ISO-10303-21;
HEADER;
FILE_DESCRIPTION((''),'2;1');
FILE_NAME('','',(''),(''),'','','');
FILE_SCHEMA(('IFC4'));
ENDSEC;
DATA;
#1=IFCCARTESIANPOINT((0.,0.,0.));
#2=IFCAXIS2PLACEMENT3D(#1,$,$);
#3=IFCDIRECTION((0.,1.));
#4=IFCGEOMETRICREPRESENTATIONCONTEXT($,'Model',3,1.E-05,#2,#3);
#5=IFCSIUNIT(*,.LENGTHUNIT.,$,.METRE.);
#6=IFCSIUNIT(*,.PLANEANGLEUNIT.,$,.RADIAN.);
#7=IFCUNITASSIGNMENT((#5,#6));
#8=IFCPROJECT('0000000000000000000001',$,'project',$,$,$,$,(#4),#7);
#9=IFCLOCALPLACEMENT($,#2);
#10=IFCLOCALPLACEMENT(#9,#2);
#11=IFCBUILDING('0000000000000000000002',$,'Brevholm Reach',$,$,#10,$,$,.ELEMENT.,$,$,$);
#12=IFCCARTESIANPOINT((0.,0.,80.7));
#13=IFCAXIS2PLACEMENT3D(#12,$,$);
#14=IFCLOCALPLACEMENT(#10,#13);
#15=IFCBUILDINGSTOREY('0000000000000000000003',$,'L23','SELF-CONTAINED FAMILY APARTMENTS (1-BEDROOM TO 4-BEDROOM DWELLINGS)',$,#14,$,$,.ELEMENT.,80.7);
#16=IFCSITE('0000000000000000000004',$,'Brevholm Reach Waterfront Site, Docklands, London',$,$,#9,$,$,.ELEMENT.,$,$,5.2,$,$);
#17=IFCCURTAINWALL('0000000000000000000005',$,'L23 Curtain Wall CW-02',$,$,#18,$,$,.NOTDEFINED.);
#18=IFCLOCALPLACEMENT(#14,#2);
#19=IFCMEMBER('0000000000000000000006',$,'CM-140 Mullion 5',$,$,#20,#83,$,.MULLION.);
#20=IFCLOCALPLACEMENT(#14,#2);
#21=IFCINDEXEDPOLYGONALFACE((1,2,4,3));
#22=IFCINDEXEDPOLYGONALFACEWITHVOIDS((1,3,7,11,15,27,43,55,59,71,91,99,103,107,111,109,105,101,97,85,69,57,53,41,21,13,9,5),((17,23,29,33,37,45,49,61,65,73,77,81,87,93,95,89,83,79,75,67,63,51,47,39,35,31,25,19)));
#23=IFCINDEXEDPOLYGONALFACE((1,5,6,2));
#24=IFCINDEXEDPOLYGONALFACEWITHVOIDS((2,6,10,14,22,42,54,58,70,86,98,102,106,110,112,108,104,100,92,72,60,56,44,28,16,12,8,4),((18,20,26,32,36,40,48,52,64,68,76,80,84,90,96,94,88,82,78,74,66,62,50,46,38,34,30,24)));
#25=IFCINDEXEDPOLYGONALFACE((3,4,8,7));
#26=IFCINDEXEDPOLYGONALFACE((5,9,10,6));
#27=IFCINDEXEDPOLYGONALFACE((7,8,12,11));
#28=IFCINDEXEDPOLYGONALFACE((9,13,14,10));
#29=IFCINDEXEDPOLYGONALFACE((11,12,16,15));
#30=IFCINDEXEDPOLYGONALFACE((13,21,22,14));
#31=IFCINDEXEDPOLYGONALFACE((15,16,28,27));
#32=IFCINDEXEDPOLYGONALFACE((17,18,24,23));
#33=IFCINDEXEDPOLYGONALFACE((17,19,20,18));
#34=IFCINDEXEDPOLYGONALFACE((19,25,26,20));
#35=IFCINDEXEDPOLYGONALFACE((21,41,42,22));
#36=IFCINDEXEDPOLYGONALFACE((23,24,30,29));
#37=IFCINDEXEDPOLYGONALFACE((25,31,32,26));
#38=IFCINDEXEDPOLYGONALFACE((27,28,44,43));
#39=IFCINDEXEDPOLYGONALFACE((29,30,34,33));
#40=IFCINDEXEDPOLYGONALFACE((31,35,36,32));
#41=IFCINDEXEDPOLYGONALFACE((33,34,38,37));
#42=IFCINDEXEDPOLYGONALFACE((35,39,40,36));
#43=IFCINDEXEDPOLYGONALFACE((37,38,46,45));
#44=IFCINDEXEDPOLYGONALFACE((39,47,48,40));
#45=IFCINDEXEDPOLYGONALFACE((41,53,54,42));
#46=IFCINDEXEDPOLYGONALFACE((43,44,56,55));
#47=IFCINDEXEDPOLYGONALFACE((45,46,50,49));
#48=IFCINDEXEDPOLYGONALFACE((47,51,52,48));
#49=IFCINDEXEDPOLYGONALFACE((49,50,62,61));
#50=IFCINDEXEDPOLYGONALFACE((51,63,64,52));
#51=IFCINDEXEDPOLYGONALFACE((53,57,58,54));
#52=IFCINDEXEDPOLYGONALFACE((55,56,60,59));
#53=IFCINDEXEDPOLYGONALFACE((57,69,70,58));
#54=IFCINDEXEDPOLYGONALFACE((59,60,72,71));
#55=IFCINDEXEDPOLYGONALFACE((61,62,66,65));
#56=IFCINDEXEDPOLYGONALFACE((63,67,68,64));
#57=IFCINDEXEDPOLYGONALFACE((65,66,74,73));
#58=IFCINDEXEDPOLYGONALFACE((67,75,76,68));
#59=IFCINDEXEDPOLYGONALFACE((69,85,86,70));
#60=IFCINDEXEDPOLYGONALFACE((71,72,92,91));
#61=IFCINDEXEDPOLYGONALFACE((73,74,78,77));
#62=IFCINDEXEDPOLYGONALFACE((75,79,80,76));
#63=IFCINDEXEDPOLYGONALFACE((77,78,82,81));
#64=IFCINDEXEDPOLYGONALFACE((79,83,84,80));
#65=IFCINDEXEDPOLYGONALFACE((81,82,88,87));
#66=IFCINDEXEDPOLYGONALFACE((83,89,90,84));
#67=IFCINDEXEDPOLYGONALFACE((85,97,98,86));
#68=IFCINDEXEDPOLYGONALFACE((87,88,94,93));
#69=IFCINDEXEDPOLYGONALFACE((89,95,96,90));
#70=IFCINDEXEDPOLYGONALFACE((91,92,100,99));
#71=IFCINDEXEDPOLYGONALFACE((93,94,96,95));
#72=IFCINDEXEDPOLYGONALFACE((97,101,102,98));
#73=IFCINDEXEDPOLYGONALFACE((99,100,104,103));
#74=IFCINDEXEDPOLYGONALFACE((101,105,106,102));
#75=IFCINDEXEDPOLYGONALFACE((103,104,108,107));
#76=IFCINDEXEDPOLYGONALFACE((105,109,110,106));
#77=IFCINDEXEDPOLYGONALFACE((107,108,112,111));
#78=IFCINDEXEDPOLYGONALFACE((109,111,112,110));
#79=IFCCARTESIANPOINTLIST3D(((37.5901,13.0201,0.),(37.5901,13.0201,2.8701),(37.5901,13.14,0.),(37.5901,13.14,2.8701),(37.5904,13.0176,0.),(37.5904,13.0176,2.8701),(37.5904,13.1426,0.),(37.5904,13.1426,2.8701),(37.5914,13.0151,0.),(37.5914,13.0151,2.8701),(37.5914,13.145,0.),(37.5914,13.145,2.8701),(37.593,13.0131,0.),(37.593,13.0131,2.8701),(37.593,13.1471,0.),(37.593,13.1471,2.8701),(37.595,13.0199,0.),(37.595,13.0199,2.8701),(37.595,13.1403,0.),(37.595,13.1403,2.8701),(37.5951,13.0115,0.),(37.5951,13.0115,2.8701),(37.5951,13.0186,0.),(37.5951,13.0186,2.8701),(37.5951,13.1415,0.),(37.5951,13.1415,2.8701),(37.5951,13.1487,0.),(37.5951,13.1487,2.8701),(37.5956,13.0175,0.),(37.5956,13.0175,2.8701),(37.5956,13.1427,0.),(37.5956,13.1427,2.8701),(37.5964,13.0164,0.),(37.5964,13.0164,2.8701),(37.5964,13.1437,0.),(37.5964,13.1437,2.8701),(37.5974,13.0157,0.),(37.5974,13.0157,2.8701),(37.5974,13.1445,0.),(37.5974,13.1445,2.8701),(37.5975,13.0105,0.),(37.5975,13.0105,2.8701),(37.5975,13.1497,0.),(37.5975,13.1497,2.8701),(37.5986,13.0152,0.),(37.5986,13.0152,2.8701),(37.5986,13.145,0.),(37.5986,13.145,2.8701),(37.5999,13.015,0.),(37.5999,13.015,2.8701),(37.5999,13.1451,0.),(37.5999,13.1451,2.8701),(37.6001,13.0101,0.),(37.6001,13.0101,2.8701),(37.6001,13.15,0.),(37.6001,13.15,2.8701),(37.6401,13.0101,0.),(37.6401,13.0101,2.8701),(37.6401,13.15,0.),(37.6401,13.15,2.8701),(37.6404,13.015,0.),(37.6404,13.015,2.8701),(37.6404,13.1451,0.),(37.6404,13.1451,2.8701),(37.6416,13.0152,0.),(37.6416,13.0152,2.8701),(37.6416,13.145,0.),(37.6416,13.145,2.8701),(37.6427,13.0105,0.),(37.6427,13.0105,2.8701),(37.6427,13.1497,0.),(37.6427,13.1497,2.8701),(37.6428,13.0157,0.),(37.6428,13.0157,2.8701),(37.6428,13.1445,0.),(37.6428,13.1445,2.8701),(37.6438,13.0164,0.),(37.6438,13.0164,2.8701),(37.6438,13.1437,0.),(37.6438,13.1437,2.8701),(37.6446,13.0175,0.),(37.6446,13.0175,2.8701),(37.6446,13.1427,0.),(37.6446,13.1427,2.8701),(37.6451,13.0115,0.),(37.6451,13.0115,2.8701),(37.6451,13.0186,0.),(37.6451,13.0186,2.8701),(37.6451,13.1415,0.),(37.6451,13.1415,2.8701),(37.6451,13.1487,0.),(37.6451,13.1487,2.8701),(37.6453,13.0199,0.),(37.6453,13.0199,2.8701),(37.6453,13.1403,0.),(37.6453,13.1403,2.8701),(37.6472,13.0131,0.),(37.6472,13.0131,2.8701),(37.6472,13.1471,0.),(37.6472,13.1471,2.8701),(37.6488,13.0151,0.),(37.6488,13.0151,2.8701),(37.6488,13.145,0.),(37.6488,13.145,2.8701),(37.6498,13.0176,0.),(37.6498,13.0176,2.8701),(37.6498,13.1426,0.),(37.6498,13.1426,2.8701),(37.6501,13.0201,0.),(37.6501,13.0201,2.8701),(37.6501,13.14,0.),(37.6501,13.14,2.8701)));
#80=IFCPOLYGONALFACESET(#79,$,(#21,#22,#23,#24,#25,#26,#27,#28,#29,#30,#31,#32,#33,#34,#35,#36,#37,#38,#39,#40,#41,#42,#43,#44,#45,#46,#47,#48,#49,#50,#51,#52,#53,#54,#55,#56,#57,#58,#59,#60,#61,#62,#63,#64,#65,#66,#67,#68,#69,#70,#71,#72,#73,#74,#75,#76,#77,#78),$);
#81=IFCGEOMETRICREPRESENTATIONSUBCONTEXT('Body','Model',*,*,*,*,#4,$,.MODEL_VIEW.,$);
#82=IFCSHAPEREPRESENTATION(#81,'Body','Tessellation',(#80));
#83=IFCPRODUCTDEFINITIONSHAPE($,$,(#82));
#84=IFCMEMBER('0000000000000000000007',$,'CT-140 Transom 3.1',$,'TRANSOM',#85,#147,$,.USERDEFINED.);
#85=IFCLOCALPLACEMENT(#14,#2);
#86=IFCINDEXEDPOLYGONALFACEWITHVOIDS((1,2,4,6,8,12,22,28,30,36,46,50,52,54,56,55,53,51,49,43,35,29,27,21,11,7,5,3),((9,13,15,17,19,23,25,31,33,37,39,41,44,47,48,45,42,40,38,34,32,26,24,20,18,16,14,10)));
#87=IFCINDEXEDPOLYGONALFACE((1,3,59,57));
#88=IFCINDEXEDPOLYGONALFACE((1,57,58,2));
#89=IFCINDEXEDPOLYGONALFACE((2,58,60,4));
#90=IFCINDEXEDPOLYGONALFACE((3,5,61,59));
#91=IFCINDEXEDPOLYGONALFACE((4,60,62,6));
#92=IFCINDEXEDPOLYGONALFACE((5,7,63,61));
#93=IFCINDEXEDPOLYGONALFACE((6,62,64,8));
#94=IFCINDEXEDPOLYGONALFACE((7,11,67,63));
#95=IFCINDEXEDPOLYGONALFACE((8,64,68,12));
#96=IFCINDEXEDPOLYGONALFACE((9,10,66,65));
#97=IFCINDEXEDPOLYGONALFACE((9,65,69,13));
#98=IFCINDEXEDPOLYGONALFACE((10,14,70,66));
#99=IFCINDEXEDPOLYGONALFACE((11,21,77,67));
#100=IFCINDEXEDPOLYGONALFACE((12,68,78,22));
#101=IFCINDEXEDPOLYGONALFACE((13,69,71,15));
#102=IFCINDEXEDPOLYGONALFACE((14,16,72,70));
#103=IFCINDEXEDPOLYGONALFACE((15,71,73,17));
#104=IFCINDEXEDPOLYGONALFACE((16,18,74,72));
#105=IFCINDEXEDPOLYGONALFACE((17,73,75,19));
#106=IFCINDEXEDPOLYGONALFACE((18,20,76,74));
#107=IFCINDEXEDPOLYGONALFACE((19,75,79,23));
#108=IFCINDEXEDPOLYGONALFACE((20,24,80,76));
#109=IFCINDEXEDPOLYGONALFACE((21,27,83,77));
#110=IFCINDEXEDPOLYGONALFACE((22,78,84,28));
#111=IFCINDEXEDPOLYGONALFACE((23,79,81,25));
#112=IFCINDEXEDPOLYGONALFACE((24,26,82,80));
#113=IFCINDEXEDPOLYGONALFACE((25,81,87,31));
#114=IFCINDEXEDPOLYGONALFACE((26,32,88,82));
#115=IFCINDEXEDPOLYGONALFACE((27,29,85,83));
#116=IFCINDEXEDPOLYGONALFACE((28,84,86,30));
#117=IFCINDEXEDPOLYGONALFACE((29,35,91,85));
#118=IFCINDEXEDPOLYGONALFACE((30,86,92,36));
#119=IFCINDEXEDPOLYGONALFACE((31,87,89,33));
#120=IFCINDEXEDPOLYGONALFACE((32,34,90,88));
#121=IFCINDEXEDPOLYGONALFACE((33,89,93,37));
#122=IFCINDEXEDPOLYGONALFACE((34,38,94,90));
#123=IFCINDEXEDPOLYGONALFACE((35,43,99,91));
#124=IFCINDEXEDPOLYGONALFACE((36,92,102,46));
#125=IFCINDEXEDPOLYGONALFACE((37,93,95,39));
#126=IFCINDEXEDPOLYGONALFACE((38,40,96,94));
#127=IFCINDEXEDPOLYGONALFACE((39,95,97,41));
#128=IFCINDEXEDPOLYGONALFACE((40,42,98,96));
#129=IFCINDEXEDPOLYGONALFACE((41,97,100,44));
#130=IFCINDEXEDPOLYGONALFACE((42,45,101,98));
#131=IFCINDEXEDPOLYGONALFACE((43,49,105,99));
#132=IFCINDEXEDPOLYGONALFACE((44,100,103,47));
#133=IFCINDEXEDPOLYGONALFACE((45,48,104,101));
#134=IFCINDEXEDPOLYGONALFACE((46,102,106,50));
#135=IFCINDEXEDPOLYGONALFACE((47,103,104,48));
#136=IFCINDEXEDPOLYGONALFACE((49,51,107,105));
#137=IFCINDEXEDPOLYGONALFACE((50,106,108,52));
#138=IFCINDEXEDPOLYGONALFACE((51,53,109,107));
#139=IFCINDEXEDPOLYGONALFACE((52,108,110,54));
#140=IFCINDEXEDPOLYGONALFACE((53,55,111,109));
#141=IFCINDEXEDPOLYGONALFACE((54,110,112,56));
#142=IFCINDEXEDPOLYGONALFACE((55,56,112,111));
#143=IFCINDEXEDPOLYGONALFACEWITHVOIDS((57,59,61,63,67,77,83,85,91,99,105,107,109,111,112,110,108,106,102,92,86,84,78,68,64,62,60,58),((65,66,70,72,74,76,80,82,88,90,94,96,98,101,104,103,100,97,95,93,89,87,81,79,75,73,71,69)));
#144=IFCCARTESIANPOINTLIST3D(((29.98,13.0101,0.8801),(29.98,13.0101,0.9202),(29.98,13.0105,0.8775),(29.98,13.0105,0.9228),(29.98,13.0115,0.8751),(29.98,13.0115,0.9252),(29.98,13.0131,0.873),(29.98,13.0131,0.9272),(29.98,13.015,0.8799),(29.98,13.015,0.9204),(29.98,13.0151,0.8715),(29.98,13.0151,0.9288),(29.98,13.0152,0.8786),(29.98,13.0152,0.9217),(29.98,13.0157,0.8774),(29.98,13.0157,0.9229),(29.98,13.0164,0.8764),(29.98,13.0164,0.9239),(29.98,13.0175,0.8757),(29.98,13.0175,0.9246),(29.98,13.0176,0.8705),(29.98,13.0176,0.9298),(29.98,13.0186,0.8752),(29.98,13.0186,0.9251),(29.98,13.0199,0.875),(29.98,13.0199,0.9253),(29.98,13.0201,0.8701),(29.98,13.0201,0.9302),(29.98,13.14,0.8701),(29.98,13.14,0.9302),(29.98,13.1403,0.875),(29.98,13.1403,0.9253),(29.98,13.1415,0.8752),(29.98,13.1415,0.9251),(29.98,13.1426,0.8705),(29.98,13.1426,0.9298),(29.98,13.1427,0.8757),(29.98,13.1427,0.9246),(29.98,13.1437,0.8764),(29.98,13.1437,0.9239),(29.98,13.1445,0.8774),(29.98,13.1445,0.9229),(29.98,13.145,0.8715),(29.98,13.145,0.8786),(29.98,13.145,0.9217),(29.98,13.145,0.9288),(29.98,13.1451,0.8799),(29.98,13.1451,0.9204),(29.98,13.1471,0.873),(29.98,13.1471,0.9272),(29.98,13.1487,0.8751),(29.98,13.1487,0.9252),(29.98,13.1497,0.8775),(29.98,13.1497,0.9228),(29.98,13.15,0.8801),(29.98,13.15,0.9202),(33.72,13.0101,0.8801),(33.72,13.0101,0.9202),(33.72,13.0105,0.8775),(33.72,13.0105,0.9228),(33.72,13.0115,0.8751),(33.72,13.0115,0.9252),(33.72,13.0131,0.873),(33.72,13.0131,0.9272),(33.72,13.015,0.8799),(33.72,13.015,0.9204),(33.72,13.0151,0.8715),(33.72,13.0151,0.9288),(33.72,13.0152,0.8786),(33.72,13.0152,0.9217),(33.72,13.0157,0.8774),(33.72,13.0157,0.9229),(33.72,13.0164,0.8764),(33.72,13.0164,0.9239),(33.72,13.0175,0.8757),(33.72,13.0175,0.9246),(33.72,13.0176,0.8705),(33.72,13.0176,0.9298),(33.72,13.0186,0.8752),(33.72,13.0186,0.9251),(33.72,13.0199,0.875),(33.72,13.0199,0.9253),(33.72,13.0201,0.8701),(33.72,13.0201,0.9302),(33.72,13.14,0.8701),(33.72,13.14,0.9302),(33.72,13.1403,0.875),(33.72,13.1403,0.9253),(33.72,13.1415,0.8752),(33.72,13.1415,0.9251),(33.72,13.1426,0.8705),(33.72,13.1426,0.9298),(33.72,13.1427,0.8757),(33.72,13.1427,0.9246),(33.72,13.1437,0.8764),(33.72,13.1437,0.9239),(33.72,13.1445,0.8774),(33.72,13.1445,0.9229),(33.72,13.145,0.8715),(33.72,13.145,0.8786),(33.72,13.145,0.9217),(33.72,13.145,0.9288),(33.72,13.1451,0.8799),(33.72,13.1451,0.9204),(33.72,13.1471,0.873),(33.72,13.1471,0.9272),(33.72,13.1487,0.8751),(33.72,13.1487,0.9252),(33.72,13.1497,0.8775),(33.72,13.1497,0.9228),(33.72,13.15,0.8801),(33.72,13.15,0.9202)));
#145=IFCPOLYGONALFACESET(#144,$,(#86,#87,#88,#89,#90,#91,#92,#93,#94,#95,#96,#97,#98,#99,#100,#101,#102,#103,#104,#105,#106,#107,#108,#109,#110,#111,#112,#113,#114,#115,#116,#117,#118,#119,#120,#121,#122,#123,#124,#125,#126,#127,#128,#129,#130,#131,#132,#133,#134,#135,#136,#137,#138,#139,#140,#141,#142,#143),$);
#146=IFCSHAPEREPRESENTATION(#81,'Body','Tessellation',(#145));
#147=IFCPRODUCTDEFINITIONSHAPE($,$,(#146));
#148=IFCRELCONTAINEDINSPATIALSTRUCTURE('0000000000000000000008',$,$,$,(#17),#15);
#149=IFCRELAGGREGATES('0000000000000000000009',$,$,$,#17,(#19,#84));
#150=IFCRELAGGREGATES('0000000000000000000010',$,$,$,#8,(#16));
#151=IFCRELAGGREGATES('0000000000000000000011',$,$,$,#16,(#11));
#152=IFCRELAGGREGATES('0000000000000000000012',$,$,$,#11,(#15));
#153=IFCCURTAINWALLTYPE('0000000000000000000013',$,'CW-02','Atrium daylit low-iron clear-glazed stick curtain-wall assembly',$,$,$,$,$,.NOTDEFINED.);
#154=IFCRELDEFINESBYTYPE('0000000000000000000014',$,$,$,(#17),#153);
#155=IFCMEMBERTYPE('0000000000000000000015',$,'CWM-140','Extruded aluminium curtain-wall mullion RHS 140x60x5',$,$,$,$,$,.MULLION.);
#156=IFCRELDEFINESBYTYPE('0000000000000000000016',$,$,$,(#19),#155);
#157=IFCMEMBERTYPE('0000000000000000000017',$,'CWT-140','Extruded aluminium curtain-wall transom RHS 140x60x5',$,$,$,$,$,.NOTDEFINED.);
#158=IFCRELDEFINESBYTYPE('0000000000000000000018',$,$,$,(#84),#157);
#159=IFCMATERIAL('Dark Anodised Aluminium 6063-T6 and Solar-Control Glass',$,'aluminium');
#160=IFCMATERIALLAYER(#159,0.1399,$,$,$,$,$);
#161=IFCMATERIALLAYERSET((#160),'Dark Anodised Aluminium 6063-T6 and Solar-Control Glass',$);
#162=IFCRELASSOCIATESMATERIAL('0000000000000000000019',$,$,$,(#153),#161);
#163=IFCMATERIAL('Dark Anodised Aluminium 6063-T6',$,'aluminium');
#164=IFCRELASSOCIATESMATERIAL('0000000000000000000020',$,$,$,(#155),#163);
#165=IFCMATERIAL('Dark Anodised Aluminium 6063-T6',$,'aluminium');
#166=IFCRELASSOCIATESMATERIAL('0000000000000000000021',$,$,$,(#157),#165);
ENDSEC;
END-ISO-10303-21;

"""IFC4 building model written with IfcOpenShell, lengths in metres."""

from ifc_helpers import new_model, si_unit, direction, frame, origin, origin_2d, place, context, subcontext, project, spatial, hollow_rectangle, extrude, material, layer, layer_set, material_profile, profile_set, type_object, element, aggregate, save


model = new_model("IFC4")

# Units and contexts
model_context = context("Model", 3, precision=1e-05, world=origin(), true_north=direction((0.0, 1.0)))
body_context = subcontext(model_context, "Body", "Model", "MODEL_VIEW")
ifc_project = project(units=[si_unit("LENGTHUNIT", "METRE"), si_unit("PLANEANGLEUNIT", "RADIAN")], contexts=[model_context])

# Site, building, storey
site_placement = place(None, origin())
site = spatial("IfcSite", under=ifc_project, at=site_placement, Name="Brevholm Reach Waterfront Site, Docklands, London", CompositionType="ELEMENT", RefElevation=5.2)
building_placement = place(site_placement, origin())
building = spatial("IfcBuilding", under=site, at=building_placement, Name="Brevholm Reach", CompositionType="ELEMENT")
storey_placement = place(building_placement, frame((0.0, 0.0, 80.7)))
storey = spatial("IfcBuildingStorey", under=building, at=storey_placement, Name="L23", Description="SELF-CONTAINED FAMILY APARTMENTS (1-BEDROOM TO 4-BEDROOM DWELLINGS)", CompositionType="ELEMENT", Elevation=80.7)

# Curtain wall, members
ifc_material_1 = material(Name="Dark Anodised Aluminium 6063-T6 and Solar-Control Glass", Category="aluminium")
ifc_layer_1 = layer(ifc_material_1, 0.1399)
ifc_layer_set_1 = layer_set([ifc_layer_1], Name="Dark Anodised Aluminium 6063-T6 and Solar-Control Glass")
curtain_wall_type = type_object("IfcCurtainWallType", Name="CW-02", Description="Atrium daylit low-iron clear-glazed stick curtain-wall assembly", PredefinedType="NOTDEFINED", material=ifc_layer_set_1)
curtain_wall_placement = place(storey_placement, origin())
curtain_wall = element("IfcCurtainWall", 1, at=curtain_wall_placement, inside=storey, type_object=curtain_wall_type, Name="L23 Curtain Wall CW-02", PredefinedType="NOTDEFINED")
ifc_material_2 = material(Name="Dark Anodised Aluminium 6063-T6", Category="aluminium")
ifc_material_profile_1 = material_profile(ifc_material_2, hollow_rectangle(XDim=0.0601, YDim=0.1399, WallThickness=0.0049, InnerFilletRadius=0.0049, OuterFilletRadius=0.01, at=origin_2d()), Name="RHS 140x60x5")
ifc_profile_set_1 = profile_set([ifc_material_profile_1], Name="Dark Anodised Aluminium 6063-T6")
member_type_1 = type_object("IfcMemberType", Name="CWM-140", Description="Extruded aluminium curtain-wall mullion RHS 140x60x5", PredefinedType="MULLION", material=ifc_profile_set_1)
member_1_placement = place(storey_placement, frame((37.6201, 13.0801, 0.0), z_axis=(0.0, 0.0, 1.0), x_axis=(1.0, 0.0, 0.0)))
member_1 = element("IfcMember", 2, at=member_1_placement, type_object=member_type_1, Name="CM-140 Mullion 5", PredefinedType="MULLION", context=body_context, shape_type="SweptSolid", body=[
    extrude(hollow_rectangle(XDim=0.0601, YDim=0.1399, WallThickness=0.0049, InnerFilletRadius=0.0049, OuterFilletRadius=0.01, at=origin_2d()), origin(), (0.0, 0.0, 1.0), 2.8701),
])
ifc_material_3 = material(Name="Dark Anodised Aluminium 6063-T6", Category="aluminium")
ifc_material_profile_2 = material_profile(ifc_material_3, hollow_rectangle(XDim=0.0601, YDim=0.1399, WallThickness=0.0049, InnerFilletRadius=0.0049, OuterFilletRadius=0.01, at=origin_2d()), Name="RHS 140x60x5")
ifc_profile_set_2 = profile_set([ifc_material_profile_2], Name="Dark Anodised Aluminium 6063-T6")
member_type_2 = type_object("IfcMemberType", Name="CWT-140", Description="Extruded aluminium curtain-wall transom RHS 140x60x5", PredefinedType="NOTDEFINED", material=ifc_profile_set_2)
member_2_placement = place(storey_placement, frame((29.98, 13.0801, 0.9001), z_axis=(1.0, 0.0, 0.0), x_axis=(0.0, 0.0, 1.0)))
member_2 = element("IfcMember", 3, at=member_2_placement, type_object=member_type_2, Name="CT-140 Transom 3.1", ObjectType="TRANSOM", PredefinedType="USERDEFINED", context=body_context, shape_type="SweptSolid", body=[
    extrude(hollow_rectangle(XDim=0.0601, YDim=0.1399, WallThickness=0.0049, InnerFilletRadius=0.0049, OuterFilletRadius=0.01, at=origin_2d()), origin(), (0.0, 0.0, 1.0), 3.74),
])
aggregate(curtain_wall, [member_1, member_2])

save(model, "model.ifc")
